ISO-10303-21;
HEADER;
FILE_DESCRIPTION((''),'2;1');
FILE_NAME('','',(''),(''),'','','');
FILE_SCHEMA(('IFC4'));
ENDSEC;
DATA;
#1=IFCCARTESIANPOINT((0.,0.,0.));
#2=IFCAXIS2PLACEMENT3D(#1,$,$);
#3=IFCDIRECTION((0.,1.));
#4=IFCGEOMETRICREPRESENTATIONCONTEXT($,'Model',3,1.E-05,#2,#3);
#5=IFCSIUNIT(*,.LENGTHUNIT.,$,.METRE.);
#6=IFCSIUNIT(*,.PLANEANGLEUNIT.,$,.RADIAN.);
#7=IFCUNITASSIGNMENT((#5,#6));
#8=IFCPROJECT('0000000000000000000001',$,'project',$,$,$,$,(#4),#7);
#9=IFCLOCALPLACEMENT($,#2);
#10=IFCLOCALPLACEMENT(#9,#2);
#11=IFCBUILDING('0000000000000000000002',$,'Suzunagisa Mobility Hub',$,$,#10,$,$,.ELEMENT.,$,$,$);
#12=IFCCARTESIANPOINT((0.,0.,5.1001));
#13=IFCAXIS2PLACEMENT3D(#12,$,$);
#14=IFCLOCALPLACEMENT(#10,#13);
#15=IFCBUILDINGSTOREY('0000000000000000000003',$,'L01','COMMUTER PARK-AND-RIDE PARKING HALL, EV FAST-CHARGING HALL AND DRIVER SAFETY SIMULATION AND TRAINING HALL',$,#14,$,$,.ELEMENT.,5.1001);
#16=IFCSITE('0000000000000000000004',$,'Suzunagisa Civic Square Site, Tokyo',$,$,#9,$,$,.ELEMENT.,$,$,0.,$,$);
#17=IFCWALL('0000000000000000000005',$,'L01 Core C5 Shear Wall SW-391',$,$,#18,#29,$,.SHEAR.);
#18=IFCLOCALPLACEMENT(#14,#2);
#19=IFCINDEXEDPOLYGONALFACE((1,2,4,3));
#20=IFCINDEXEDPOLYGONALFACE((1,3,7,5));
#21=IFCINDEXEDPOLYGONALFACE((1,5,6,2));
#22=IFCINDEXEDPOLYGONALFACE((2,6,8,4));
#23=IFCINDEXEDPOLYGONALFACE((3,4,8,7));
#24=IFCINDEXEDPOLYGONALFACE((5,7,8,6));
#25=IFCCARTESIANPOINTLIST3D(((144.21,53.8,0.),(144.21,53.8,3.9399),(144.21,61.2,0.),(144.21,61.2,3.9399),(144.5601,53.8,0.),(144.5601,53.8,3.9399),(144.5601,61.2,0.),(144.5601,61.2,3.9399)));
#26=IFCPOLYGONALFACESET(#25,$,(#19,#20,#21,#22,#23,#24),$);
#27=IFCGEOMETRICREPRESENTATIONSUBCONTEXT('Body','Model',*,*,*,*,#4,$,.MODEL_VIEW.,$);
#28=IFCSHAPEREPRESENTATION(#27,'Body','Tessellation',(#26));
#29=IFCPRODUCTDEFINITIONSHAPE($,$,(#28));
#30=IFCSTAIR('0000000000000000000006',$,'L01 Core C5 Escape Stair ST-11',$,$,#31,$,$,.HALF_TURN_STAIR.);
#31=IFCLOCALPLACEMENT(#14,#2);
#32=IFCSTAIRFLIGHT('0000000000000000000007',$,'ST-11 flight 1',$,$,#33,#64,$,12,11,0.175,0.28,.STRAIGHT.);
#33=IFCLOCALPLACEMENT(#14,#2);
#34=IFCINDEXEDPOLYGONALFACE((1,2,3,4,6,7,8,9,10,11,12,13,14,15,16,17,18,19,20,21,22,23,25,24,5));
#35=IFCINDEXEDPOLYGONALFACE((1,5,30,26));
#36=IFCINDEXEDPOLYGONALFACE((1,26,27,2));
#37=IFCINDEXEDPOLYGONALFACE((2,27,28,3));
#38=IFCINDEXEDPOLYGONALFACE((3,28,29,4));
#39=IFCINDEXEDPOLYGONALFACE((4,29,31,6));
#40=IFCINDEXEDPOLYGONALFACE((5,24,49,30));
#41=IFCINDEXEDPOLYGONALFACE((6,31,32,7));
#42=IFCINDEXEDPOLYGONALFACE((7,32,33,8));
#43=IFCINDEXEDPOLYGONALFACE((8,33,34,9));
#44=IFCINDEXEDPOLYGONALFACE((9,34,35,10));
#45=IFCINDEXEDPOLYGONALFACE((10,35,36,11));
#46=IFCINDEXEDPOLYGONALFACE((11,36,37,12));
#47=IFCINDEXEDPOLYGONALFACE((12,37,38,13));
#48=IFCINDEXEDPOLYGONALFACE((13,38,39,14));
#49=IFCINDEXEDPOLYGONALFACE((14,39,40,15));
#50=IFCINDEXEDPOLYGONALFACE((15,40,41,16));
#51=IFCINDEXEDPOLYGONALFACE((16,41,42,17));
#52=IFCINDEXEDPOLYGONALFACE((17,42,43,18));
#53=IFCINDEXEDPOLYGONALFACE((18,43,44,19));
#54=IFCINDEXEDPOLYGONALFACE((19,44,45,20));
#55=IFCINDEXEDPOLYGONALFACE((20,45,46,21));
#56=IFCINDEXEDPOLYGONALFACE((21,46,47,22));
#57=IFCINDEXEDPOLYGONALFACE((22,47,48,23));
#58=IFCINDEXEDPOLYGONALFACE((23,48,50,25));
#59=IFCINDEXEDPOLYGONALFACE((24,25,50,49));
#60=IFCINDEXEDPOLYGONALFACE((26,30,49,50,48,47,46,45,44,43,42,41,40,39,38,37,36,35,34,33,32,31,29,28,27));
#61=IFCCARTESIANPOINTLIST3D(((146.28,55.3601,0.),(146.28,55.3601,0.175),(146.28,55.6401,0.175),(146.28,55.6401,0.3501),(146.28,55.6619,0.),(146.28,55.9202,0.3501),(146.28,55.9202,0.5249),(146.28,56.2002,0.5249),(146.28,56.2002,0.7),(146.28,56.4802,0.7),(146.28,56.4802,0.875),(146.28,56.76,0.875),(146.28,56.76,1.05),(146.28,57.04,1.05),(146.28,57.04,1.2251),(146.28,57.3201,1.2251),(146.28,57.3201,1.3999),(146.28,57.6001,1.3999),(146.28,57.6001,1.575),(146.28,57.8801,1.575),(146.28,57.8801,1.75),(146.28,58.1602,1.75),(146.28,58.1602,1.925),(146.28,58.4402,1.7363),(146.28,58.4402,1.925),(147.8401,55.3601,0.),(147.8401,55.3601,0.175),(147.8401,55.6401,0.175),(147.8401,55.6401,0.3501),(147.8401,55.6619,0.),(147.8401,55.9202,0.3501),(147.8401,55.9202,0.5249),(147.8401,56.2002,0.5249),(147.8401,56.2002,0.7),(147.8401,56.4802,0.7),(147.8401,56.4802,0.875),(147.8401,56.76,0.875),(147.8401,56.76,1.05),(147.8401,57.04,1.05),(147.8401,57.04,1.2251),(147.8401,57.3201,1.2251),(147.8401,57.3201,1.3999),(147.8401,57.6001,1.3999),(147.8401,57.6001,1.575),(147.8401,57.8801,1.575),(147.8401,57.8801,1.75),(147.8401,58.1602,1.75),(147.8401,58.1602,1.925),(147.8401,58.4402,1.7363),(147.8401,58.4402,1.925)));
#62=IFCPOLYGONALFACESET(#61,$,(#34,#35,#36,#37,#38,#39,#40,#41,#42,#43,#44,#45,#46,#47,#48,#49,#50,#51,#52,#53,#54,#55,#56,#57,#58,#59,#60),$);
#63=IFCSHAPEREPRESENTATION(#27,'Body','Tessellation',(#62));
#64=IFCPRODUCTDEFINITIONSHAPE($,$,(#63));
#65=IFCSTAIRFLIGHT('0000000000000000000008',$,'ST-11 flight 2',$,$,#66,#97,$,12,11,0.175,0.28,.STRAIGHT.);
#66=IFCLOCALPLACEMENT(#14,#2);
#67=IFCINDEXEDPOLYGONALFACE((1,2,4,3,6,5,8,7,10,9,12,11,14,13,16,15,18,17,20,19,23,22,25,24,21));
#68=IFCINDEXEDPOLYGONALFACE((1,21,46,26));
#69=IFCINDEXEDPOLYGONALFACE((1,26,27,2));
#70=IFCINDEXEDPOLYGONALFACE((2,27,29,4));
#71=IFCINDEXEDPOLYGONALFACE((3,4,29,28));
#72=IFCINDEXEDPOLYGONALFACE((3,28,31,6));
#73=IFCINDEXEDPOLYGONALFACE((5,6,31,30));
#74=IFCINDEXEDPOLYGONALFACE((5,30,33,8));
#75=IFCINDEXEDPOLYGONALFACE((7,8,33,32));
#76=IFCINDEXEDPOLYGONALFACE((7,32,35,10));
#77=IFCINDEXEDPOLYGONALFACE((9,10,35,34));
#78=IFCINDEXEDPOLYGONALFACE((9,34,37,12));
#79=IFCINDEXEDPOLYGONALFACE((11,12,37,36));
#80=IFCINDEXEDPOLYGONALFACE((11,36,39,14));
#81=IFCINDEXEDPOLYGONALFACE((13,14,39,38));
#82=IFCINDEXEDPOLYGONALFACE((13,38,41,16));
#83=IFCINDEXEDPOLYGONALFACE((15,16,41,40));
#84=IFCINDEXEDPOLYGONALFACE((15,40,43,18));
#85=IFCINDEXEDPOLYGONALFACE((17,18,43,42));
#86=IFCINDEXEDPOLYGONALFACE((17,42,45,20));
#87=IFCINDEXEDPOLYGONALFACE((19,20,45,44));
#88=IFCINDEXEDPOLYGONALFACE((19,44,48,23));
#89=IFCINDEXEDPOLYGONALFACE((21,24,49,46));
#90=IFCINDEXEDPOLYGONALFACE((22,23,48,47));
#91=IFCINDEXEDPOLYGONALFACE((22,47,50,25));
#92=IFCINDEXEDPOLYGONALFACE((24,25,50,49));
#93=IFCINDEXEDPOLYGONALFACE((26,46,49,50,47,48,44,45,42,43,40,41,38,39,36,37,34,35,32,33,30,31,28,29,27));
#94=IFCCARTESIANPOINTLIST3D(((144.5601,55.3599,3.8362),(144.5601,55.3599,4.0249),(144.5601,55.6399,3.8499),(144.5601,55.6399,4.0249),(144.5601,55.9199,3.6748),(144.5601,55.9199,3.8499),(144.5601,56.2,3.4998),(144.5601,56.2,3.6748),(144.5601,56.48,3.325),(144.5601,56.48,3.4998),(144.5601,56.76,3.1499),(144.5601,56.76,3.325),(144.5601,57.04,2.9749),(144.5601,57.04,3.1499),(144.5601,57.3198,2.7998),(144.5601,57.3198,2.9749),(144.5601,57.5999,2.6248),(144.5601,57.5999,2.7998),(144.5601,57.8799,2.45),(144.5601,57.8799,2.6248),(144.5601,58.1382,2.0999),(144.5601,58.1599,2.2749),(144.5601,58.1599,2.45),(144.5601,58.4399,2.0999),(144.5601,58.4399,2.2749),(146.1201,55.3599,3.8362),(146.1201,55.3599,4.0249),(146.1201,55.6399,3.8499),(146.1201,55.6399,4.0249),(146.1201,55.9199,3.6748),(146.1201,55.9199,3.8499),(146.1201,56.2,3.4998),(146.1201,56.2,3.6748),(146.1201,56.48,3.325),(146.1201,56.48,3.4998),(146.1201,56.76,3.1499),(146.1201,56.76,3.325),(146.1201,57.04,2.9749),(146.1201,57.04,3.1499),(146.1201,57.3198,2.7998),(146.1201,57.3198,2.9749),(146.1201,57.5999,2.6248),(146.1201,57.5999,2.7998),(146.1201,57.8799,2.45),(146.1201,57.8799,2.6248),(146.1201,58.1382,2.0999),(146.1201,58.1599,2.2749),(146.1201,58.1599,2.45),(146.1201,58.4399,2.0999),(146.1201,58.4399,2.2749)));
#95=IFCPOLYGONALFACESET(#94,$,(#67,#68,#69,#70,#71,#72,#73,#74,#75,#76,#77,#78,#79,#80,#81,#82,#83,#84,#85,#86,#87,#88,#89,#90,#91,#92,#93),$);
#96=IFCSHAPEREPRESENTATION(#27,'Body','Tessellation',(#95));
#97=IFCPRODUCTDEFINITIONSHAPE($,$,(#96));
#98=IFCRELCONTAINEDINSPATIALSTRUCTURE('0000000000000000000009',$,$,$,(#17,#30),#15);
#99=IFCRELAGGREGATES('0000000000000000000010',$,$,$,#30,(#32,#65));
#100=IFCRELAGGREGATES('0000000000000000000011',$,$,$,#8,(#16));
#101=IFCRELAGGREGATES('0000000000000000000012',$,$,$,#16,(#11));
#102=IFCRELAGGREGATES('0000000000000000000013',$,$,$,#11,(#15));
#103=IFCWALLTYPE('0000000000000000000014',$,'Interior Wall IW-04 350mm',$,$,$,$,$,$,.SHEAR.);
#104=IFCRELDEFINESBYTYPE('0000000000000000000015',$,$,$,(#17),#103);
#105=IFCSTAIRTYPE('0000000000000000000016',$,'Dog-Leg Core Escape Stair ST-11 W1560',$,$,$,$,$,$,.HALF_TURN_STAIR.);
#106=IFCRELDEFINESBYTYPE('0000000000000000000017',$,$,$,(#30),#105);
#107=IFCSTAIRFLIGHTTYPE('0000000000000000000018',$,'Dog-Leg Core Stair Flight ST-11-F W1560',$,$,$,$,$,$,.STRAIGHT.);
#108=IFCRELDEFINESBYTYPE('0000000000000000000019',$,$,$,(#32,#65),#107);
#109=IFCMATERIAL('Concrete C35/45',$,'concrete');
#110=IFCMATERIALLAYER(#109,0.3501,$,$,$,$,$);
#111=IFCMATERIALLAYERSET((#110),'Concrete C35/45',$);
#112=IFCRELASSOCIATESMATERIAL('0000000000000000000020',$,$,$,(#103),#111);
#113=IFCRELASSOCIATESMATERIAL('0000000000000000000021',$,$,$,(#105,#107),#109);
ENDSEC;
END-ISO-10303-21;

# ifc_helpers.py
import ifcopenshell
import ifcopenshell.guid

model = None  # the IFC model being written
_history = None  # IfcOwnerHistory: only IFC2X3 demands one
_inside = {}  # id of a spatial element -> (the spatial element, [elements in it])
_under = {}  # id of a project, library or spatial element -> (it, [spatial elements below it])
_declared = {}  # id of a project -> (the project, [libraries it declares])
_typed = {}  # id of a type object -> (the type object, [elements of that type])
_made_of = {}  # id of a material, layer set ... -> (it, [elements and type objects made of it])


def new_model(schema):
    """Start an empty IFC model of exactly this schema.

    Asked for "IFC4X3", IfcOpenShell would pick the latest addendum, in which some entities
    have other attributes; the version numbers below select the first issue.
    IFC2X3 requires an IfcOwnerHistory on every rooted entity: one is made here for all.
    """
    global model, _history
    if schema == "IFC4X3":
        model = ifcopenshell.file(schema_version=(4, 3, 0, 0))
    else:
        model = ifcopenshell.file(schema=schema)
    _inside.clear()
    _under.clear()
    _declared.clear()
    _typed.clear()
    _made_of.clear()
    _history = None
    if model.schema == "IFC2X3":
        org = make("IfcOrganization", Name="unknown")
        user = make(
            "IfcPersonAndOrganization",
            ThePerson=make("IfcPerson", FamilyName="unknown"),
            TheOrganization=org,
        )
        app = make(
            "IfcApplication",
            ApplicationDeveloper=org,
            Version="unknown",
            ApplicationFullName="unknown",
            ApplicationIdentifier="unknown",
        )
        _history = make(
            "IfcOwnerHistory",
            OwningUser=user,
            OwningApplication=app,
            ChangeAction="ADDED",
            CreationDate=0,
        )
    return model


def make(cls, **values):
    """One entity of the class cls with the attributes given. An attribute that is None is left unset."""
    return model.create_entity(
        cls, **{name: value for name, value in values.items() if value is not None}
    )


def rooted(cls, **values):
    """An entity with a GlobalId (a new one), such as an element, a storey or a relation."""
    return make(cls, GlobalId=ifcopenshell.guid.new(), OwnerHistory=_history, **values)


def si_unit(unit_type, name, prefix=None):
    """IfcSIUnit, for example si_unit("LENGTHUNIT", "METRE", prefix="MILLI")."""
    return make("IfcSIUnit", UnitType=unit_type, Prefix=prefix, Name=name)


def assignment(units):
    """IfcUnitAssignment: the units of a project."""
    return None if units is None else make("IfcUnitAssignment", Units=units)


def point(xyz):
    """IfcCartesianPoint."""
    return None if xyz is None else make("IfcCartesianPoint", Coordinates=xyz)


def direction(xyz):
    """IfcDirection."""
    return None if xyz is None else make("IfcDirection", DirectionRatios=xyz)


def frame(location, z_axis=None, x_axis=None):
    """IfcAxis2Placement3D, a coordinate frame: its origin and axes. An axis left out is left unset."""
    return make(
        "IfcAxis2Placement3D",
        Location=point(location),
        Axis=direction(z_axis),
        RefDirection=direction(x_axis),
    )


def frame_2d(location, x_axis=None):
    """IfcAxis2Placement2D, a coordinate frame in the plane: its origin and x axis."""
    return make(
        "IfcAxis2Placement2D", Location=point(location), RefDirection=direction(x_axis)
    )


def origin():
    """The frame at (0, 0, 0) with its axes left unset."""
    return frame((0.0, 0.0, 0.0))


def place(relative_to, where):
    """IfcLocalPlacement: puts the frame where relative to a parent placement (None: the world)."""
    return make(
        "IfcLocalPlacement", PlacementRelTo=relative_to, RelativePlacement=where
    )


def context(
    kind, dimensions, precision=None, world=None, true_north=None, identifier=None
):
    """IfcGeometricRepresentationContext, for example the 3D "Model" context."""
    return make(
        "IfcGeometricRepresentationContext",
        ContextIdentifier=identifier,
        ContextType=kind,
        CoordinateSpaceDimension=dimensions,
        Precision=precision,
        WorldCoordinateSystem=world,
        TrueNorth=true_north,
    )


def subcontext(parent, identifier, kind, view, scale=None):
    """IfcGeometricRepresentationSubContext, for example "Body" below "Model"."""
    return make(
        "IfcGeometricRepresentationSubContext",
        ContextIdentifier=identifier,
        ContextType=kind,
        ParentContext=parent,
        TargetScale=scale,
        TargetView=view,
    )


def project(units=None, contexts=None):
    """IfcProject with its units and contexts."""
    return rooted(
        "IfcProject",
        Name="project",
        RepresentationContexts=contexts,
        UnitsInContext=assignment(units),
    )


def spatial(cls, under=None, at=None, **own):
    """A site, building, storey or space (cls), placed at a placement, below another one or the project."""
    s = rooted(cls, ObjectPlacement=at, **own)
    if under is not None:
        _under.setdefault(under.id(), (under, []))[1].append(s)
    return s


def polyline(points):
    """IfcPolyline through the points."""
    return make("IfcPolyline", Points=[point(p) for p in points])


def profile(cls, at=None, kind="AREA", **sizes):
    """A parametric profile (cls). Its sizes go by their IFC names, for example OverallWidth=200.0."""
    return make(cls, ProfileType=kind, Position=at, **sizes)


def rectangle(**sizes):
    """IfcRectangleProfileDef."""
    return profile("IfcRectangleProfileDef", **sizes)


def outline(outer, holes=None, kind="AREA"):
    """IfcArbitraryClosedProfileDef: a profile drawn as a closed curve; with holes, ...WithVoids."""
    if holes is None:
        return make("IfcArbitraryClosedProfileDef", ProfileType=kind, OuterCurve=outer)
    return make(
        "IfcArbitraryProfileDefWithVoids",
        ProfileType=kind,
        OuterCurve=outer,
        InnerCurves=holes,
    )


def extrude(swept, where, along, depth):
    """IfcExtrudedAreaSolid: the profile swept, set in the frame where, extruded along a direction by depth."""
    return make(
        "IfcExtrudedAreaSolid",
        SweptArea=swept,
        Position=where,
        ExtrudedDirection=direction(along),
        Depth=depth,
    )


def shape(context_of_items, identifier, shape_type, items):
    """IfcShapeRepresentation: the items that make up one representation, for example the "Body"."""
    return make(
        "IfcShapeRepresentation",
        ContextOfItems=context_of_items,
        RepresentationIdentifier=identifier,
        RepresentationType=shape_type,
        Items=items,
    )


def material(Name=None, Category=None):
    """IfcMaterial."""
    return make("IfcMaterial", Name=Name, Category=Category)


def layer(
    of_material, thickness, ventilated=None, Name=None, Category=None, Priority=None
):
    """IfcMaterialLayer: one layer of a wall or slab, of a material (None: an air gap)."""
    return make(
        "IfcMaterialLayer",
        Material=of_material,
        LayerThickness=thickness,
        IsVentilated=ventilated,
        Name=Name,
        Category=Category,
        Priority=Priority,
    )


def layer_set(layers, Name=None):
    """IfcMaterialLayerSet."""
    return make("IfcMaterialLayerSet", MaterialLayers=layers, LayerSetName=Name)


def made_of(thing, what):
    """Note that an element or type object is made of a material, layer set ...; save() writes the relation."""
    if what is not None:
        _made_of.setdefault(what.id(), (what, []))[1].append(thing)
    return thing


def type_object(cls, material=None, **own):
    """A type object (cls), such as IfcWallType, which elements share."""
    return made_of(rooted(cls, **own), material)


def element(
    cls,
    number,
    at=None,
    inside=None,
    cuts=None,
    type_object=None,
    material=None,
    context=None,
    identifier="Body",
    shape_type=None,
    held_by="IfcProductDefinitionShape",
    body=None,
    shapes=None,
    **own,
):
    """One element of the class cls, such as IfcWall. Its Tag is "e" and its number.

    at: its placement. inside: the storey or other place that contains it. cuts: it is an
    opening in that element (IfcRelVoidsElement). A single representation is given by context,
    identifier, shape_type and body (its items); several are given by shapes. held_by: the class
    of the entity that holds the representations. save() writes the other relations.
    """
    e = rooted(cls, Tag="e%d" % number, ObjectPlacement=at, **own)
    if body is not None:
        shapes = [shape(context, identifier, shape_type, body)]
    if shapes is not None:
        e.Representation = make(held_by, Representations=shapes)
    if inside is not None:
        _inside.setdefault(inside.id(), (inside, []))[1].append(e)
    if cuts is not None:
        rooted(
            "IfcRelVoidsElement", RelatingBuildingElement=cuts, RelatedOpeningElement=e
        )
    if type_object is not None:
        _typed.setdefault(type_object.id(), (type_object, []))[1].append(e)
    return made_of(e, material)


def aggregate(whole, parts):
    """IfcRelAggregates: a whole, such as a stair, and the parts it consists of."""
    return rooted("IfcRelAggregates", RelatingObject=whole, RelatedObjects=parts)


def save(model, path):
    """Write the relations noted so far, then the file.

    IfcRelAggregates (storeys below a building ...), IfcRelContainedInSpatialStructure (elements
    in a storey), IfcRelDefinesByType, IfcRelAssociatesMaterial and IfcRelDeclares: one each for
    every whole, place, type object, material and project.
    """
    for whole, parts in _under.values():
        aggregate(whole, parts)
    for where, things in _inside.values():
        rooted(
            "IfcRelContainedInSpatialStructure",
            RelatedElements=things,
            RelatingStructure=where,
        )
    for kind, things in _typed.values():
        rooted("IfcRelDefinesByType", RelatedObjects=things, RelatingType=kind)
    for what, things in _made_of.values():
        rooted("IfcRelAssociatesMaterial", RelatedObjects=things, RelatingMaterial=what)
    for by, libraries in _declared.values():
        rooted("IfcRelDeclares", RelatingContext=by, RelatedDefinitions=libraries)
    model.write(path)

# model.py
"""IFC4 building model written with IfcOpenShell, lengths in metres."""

from ifc_helpers import new_model, si_unit, direction, frame, frame_2d, origin, place, context, subcontext, project, spatial, polyline, rectangle, outline, extrude, material, layer, layer_set, type_object, element, aggregate, save


model = new_model("IFC4")

# Units and contexts
model_context = context("Model", 3, precision=1e-05, world=origin(), true_north=direction((0.0, 1.0)))
body_context = subcontext(model_context, "Body", "Model", "MODEL_VIEW")
ifc_project = project(units=[si_unit("LENGTHUNIT", "METRE"), si_unit("PLANEANGLEUNIT", "RADIAN")], contexts=[model_context])

# Site, building, storey
site_placement = place(None, origin())
site = spatial("IfcSite", under=ifc_project, at=site_placement, Name="Suzunagisa Civic Square Site, Tokyo", CompositionType="ELEMENT", RefElevation=0.0)
building_placement = place(site_placement, origin())
building = spatial("IfcBuilding", under=site, at=building_placement, Name="Suzunagisa Mobility Hub", CompositionType="ELEMENT")
storey_placement = place(building_placement, frame((0.0, 0.0, 5.1001)))
storey = spatial("IfcBuildingStorey", under=building, at=storey_placement, Name="L01", Description="COMMUTER PARK-AND-RIDE PARKING HALL, EV FAST-CHARGING HALL AND DRIVER SAFETY SIMULATION AND TRAINING HALL", CompositionType="ELEMENT", Elevation=5.1001)

# Wall
ifc_material_1 = material(Name="Concrete C35/45", Category="concrete")
ifc_layer = layer(ifc_material_1, 0.3501)
ifc_layer_set = layer_set([ifc_layer], Name="Concrete C35/45")
wall_type = type_object("IfcWallType", Name="Interior Wall IW-04 350mm", PredefinedType="SHEAR", material=ifc_layer_set)
wall_1_placement = place(storey_placement, frame((144.385, 53.8, 0.0), z_axis=(0.0, 0.0, 1.0), x_axis=(0.0, 1.0, 0.0)))
element("IfcWall", 1, at=wall_1_placement, inside=storey, type_object=wall_type, Name="L01 Core C5 Shear Wall SW-391", PredefinedType="SHEAR", context=body_context, shape_type="SweptSolid", body=[
    extrude(rectangle(XDim=7.3999, YDim=0.3501, at=frame_2d((3.7, 0.0))), origin(), (0.0, 0.0, 1.0), 3.9399),
])

# Stair, stair flights
stair_type = type_object("IfcStairType", Name="Dog-Leg Core Escape Stair ST-11 W1560", PredefinedType="HALF_TURN_STAIR", material=ifc_material_1)
stair_placement = place(storey_placement, origin())
stair = element("IfcStair", 2, at=stair_placement, inside=storey, type_object=stair_type, Name="L01 Core C5 Escape Stair ST-11", PredefinedType="HALF_TURN_STAIR")
stair_flight_type = type_object("IfcStairFlightType", Name="Dog-Leg Core Stair Flight ST-11-F W1560", PredefinedType="STRAIGHT", material=ifc_material_1)
stair_flight_1_placement = place(storey_placement, frame((147.0601, 55.3601, 0.0), z_axis=(0.0, 0.0, 1.0), x_axis=(0.0, 1.0, 0.0)))
stair_flight_1 = element("IfcStairFlight", 3, at=stair_flight_1_placement, type_object=stair_flight_type, Name="ST-11 flight 1", NumberOfRisers=12, NumberOfTreads=11, PredefinedType="STRAIGHT", RiserHeight=0.175, TreadLength=0.28, context=body_context, shape_type="SweptSolid", body=[
    extrude(outline(polyline([(0.0, 0.0), (0.0, 0.175), (0.28, 0.175), (0.28, 0.3501), (0.5601, 0.3501), (0.5601, 0.5249), (0.8401, 0.5249), (0.8401, 0.7), (1.1201, 0.7), (1.1201, 0.875), (1.3999, 0.875), (1.3999, 1.05), (1.6799, 1.05), (1.6799, 1.2251), (1.96, 1.2251), (1.96, 1.3999), (2.24, 1.3999), (2.24, 1.575), (2.52, 1.575), (2.52, 1.75), (2.8, 1.75), (2.8, 1.925), (3.0801, 1.925), (3.0801, 2.1001), (3.0801, 1.7363), (0.3018, 0.0), (0.0, 0.0)])), frame((0.0, 0.78, 0.0), z_axis=(0.0, -1.0, 0.0), x_axis=(1.0, 0.0, 0.0)), (0.0, 0.0, 1.0), 1.5601),
])
stair_flight_2_placement = place(storey_placement, frame((145.3401, 58.4399, 2.0999), z_axis=(0.0, 0.0, 1.0), x_axis=(0.0, -1.0, 0.0)))
stair_flight_2 = element("IfcStairFlight", 4, at=stair_flight_2_placement, type_object=stair_flight_type, Name="ST-11 flight 2", NumberOfRisers=12, NumberOfTreads=11, PredefinedType="STRAIGHT", RiserHeight=0.175, TreadLength=0.28, context=body_context, shape_type="SweptSolid", body=[
    extrude(outline(polyline([(0.0, 0.0), (0.0, 0.175), (0.28, 0.175), (0.28, 0.3501), (0.5601, 0.3501), (0.5601, 0.5249), (0.8401, 0.5249), (0.8401, 0.7), (1.1201, 0.7), (1.1201, 0.875), (1.3999, 0.875), (1.3999, 1.05), (1.6799, 1.05), (1.6799, 1.2251), (1.96, 1.2251), (1.96, 1.3999), (2.24, 1.3999), (2.24, 1.575), (2.52, 1.575), (2.52, 1.75), (2.8, 1.75), (2.8, 1.925), (3.0801, 1.925), (3.0801, 2.1001), (3.0801, 1.7363), (0.3018, 0.0), (0.0, 0.0)])), frame((0.0, 0.78, 0.0), z_axis=(0.0, -1.0, 0.0), x_axis=(1.0, 0.0, 0.0)), (0.0, 0.0, 1.0), 1.5601),
])
aggregate(stair, [stair_flight_1, stair_flight_2])

save(model, "model.ifc")
